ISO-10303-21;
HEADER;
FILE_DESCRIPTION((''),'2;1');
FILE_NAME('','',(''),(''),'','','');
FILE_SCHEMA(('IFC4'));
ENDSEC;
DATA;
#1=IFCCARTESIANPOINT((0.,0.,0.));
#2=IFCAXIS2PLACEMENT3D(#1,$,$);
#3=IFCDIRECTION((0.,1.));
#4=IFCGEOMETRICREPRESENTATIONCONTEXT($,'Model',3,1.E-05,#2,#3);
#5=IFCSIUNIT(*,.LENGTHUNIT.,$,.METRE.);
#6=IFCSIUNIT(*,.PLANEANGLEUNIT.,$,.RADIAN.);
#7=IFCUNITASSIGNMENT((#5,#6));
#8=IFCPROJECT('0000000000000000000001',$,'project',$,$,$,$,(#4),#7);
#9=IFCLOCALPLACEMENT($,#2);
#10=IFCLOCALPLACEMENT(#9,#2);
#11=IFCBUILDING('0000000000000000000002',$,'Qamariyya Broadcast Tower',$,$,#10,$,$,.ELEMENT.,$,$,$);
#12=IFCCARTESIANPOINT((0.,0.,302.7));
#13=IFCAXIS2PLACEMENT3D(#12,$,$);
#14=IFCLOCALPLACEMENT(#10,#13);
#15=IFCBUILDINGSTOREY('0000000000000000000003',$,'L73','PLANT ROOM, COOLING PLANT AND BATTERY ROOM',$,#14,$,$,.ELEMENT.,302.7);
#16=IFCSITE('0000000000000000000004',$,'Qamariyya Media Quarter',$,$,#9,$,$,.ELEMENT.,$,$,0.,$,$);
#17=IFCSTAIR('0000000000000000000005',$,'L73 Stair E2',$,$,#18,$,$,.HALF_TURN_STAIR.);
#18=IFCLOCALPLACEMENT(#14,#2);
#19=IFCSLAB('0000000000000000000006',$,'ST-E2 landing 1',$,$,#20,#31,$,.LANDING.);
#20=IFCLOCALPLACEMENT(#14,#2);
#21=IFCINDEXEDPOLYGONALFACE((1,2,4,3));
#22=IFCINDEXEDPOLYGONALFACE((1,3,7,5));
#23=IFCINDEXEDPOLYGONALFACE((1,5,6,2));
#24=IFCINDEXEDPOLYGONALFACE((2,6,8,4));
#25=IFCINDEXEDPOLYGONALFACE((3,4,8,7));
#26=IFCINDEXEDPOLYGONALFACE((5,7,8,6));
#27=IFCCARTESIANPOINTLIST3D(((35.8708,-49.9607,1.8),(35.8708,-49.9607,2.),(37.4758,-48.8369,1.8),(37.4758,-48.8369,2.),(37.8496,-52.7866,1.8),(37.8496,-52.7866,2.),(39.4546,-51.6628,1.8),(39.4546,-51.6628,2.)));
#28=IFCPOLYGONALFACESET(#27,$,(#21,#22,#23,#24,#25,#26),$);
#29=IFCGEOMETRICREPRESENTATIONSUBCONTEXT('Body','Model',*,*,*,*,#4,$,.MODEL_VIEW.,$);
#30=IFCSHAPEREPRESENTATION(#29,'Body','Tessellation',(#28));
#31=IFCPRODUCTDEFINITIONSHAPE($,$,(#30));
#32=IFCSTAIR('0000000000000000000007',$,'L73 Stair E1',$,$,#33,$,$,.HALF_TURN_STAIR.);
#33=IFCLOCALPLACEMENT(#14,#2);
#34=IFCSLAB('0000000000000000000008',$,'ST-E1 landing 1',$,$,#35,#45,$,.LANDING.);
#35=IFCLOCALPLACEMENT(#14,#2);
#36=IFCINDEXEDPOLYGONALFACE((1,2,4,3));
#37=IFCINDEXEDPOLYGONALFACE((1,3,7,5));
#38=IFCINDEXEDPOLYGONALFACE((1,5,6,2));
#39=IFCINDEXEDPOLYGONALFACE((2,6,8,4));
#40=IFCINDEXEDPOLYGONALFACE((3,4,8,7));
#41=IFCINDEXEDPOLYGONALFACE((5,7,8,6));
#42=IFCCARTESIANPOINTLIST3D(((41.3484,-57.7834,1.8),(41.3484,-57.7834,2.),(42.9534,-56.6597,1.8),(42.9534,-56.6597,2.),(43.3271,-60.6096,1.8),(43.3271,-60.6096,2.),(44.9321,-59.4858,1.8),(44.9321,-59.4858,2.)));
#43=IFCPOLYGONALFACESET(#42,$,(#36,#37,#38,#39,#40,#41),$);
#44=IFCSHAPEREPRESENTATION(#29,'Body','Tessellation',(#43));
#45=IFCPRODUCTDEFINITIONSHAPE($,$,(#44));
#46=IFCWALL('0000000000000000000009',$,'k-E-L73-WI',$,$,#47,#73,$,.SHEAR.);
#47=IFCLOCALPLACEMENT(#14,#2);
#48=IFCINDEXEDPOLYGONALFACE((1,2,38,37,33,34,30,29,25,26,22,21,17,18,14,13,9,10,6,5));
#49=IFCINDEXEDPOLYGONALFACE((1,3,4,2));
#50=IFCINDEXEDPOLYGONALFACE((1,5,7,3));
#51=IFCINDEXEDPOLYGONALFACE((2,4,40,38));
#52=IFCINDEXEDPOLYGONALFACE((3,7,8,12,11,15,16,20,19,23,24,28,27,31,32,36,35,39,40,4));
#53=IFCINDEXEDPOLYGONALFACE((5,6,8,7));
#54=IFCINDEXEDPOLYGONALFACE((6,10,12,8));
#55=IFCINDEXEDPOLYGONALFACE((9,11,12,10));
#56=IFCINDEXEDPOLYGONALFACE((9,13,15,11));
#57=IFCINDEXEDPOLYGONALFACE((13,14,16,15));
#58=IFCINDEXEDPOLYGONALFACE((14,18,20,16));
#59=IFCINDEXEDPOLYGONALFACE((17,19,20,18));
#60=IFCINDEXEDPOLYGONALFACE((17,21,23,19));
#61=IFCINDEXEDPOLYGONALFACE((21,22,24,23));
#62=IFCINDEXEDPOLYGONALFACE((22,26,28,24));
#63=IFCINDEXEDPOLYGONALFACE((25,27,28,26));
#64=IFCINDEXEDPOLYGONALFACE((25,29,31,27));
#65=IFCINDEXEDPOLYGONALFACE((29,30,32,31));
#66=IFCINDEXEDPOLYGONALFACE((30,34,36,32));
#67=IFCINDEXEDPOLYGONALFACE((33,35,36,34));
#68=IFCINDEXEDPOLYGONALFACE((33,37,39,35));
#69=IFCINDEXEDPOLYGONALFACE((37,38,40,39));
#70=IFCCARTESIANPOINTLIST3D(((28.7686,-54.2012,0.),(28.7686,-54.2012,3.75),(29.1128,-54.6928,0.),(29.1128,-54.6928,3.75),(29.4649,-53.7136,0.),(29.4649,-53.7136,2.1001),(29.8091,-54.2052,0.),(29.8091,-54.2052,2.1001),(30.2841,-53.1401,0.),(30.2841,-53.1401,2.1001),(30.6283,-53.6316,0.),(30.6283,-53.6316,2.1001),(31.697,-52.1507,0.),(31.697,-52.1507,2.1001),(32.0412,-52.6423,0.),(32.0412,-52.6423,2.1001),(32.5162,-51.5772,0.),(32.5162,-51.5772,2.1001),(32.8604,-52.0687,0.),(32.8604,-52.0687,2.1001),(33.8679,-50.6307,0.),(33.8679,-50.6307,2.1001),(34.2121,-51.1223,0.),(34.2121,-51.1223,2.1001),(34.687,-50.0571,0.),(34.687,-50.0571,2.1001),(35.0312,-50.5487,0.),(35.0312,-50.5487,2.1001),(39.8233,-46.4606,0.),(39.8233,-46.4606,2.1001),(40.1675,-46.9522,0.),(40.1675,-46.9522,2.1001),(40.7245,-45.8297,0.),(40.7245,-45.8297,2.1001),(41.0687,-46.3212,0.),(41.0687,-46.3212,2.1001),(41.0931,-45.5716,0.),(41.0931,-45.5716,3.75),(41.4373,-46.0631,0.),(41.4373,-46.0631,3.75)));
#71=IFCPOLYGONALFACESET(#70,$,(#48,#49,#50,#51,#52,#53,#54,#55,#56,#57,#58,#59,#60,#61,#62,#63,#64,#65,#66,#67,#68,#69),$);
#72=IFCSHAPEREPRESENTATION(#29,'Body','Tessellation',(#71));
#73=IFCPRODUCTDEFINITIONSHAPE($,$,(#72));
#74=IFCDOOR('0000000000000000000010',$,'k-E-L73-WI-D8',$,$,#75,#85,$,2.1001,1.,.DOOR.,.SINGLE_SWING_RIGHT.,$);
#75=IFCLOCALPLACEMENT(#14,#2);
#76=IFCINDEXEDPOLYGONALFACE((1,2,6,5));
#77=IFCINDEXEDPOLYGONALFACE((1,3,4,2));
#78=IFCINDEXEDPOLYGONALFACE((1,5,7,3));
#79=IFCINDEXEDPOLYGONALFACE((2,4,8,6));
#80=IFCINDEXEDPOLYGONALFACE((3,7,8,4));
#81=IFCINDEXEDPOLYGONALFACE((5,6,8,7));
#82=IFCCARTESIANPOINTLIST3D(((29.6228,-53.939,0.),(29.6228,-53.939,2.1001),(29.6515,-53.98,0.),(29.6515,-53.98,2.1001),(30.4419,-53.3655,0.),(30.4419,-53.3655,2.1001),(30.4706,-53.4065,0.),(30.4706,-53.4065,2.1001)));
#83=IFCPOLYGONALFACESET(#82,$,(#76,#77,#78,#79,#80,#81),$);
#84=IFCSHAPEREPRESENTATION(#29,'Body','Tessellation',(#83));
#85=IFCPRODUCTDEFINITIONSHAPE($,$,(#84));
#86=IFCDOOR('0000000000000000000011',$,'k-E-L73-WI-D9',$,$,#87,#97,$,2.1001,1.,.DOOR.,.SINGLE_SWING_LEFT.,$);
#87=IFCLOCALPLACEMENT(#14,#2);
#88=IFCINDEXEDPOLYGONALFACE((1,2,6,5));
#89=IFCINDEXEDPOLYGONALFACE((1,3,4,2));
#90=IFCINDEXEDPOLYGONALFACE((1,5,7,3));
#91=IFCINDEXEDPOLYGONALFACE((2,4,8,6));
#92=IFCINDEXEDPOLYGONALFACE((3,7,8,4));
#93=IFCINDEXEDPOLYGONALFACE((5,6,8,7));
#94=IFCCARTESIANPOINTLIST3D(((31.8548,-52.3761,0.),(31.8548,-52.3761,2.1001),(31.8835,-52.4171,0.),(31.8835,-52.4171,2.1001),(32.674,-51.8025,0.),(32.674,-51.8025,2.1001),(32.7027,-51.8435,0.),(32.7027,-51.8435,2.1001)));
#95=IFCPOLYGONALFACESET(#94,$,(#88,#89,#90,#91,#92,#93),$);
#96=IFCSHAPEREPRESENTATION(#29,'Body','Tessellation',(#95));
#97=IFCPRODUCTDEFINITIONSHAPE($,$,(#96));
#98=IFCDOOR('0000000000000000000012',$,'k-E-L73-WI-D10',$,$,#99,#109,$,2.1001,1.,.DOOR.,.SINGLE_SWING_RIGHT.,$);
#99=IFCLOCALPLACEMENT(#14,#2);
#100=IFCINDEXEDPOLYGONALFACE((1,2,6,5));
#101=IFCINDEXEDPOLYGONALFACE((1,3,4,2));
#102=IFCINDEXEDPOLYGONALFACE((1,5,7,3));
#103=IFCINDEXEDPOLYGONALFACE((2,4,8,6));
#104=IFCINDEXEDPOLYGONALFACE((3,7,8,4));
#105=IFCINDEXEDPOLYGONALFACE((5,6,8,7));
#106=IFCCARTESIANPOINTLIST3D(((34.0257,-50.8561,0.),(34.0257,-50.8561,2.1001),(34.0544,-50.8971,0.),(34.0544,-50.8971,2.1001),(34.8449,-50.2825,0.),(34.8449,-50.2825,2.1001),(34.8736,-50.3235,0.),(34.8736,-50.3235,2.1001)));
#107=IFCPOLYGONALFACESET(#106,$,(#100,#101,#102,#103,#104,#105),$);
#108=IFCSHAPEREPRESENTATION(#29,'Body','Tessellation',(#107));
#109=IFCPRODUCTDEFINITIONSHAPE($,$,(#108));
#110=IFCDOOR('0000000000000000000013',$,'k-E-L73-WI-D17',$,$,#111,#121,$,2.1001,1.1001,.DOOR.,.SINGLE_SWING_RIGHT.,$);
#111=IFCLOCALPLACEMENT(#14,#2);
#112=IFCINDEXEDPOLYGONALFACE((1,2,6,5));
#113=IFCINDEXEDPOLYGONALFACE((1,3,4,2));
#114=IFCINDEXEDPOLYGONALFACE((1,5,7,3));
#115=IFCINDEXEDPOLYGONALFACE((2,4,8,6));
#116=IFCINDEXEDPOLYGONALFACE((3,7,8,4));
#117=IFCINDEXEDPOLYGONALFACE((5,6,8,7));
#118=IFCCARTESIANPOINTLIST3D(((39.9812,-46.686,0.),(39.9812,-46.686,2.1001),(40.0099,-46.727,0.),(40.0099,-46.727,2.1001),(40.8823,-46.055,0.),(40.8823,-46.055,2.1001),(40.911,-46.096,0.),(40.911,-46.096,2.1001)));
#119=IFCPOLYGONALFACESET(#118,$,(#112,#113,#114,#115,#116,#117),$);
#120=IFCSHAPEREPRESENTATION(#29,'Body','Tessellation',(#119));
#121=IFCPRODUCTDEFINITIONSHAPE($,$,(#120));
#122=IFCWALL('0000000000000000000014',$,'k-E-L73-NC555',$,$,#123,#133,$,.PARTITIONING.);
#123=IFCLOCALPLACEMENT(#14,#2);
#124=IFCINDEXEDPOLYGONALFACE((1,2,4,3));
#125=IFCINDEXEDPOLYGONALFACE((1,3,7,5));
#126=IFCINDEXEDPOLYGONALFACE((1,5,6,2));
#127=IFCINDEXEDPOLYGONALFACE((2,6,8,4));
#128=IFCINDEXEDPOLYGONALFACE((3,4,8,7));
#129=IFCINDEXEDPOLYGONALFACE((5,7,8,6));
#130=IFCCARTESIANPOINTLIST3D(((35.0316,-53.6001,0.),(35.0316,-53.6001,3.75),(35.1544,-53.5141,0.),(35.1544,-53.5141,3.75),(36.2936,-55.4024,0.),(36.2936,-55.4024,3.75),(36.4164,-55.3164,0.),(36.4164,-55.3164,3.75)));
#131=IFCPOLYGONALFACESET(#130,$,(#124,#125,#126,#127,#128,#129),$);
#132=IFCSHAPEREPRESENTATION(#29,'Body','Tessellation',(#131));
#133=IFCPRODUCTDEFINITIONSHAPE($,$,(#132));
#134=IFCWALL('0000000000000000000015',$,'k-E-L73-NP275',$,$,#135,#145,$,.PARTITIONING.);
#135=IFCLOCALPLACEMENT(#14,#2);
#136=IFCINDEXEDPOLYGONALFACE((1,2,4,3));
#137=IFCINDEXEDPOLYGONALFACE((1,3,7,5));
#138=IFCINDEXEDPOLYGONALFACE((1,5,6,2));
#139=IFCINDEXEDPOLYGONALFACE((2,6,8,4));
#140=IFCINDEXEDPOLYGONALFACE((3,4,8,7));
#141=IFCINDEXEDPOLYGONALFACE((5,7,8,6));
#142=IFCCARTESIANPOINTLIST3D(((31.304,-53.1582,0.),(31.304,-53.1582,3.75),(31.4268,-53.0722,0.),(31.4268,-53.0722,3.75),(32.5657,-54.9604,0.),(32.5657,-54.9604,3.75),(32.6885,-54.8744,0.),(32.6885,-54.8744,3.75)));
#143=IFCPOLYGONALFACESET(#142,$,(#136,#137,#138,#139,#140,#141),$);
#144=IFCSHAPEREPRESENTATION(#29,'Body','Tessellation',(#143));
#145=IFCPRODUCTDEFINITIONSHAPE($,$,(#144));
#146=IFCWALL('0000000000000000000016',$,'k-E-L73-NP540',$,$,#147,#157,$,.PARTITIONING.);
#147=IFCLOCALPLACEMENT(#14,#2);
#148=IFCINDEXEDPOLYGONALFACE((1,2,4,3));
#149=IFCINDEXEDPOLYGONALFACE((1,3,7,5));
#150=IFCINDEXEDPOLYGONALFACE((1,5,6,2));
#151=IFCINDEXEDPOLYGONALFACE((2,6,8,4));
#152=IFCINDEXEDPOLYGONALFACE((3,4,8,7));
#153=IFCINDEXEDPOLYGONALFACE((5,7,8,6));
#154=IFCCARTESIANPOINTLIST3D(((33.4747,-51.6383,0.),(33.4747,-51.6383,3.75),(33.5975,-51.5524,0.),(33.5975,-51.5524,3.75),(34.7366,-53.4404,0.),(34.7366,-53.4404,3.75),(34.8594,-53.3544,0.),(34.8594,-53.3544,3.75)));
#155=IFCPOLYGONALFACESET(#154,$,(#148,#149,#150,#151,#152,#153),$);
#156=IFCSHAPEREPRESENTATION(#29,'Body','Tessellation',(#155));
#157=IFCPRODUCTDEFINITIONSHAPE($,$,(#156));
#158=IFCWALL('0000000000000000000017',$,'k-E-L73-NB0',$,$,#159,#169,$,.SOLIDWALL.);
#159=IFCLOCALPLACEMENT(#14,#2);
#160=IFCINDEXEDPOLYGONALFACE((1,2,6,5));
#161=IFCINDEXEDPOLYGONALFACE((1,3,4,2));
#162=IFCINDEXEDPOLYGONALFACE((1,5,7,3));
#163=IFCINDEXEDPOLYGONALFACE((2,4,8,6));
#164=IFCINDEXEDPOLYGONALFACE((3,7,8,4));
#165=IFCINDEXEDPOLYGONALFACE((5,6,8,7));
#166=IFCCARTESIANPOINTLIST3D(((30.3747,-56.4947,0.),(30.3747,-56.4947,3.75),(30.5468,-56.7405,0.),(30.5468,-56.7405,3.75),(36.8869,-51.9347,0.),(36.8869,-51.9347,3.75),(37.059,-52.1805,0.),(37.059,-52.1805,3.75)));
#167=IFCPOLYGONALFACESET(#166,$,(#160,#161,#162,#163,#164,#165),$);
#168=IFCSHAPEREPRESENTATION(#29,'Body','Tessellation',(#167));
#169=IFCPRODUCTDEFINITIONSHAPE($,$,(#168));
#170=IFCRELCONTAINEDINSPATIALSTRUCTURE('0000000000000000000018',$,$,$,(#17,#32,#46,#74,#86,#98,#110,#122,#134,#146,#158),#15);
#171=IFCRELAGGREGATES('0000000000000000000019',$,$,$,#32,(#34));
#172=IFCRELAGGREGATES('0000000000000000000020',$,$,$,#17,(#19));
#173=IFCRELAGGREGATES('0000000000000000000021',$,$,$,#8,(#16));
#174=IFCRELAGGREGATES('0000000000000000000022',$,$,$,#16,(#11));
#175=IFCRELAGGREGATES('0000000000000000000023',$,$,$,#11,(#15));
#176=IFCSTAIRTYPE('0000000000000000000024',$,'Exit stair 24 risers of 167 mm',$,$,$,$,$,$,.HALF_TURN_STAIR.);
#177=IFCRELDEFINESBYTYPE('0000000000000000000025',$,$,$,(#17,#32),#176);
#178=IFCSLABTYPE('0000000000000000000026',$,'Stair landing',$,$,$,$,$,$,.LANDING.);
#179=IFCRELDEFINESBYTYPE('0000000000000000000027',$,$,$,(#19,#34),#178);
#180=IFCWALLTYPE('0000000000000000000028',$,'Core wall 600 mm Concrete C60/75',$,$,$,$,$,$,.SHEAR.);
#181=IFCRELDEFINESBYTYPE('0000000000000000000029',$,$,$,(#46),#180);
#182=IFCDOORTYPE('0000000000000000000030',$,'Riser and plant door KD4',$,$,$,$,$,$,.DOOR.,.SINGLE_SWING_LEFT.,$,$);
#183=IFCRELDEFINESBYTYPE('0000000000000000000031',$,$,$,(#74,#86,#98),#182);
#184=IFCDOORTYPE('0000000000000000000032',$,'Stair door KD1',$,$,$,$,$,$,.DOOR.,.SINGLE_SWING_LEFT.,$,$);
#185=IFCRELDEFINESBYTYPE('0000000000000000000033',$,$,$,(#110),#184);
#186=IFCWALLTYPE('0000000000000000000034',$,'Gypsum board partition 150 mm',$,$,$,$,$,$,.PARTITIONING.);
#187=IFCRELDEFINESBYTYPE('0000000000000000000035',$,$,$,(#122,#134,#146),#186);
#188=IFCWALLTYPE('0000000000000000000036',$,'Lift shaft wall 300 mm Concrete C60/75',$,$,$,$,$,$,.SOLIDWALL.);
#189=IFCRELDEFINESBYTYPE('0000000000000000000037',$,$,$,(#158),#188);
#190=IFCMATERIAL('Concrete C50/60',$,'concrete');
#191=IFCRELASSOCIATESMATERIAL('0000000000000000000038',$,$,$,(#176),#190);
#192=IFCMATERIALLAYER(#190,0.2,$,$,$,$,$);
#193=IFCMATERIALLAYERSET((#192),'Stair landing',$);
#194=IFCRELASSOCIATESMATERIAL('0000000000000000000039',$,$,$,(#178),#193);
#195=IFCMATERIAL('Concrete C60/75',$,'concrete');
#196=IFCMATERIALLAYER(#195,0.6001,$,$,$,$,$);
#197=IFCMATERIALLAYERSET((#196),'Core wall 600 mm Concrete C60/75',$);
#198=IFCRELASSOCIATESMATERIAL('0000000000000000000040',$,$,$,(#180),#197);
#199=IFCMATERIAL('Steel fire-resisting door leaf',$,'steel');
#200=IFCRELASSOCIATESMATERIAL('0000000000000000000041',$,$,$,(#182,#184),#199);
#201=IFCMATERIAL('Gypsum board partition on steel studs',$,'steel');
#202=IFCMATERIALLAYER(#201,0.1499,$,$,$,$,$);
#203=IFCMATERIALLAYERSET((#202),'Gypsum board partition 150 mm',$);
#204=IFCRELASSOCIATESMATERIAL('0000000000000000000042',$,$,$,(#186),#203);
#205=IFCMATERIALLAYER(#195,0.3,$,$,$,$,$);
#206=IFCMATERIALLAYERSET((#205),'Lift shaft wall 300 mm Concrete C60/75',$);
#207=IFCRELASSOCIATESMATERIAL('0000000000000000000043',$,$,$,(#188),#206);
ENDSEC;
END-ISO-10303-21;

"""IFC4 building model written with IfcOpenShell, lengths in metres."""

from ifc_helpers import new_model, si_unit, direction, frame, frame_2d, origin, place, context, subcontext, project, spatial, polyline, rectangle, outline, extrude, material, layer, layer_set, type_object, element, fill, aggregate, save


model = new_model("IFC4")

# Units and contexts
model_context = context("Model", 3, precision=1e-05, world=origin(), true_north=direction((0.0, 1.0)))
body_context = subcontext(model_context, "Body", "Model", "MODEL_VIEW")
ifc_project = project(units=[si_unit("LENGTHUNIT", "METRE"), si_unit("PLANEANGLEUNIT", "RADIAN")], contexts=[model_context])

# Site, building, storey
site_placement = place(None, origin())
site = spatial("IfcSite", under=ifc_project, at=site_placement, Name="Qamariyya Media Quarter", CompositionType="ELEMENT", RefElevation=0.0)
building_placement = place(site_placement, origin())
building = spatial("IfcBuilding", under=site, at=building_placement, Name="Qamariyya Broadcast Tower", CompositionType="ELEMENT")
storey_placement = place(building_placement, frame((0.0, 0.0, 302.7)))
storey = spatial("IfcBuildingStorey", under=building, at=storey_placement, Name="L73", Description="PLANT ROOM, COOLING PLANT AND BATTERY ROOM", CompositionType="ELEMENT", Elevation=302.7)

# Shared definitions
ifc_material_1 = material(Name="Concrete C50/60", Category="concrete")

# Stairs, slabs
stair_type = type_object("IfcStairType", Name="Exit stair 24 risers of 167 mm", PredefinedType="HALF_TURN_STAIR", material=ifc_material_1)
ifc_layer_1 = layer(ifc_material_1, 0.2)
ifc_layer_set_1 = layer_set([ifc_layer_1], Name="Stair landing")
slab_type_1 = type_object("IfcSlabType", Name="Stair landing", PredefinedType="LANDING", material=ifc_layer_set_1)
stair_1_placement = place(storey_placement, origin())
stair_1 = element("IfcStair", 1, at=stair_1_placement, inside=storey, type_object=stair_type, Name="L73 Stair E2", PredefinedType="HALF_TURN_STAIR")
slab_1_placement = place(storey_placement, frame((0.0, 0.0, 1.8)))
slab_1 = element("IfcSlab", 2, at=slab_1_placement, type_object=slab_type_1, Name="ST-E2 landing 1", PredefinedType="LANDING", context=body_context, shape_type="SweptSolid", body=[
    extrude(outline(polyline([(37.4758, -48.8369), (35.8708, -49.9607), (37.8496, -52.7866), (39.4546, -51.6628), (37.4758, -48.8369)])), origin(), (0.0, 0.0, 1.0), 0.2),
])
stair_2_placement = place(storey_placement, origin())
stair_2 = element("IfcStair", 3, at=stair_2_placement, inside=storey, type_object=stair_type, Name="L73 Stair E1", PredefinedType="HALF_TURN_STAIR")
slab_2_placement = place(storey_placement, frame((0.0, 0.0, 1.8)))
slab_2 = element("IfcSlab", 4, at=slab_2_placement, type_object=slab_type_1, Name="ST-E1 landing 1", PredefinedType="LANDING", context=body_context, shape_type="SweptSolid", body=[
    extrude(outline(polyline([(42.9534, -56.6597), (41.3484, -57.7834), (43.3271, -60.6096), (44.9321, -59.4858), (42.9534, -56.6597)])), origin(), (0.0, 0.0, 1.0), 0.2),
])
aggregate(stair_2, [slab_2])

# Wall, openings, doors
ifc_material_2 = material(Name="Concrete C60/75", Category="concrete")
ifc_layer_2 = layer(ifc_material_2, 0.6001)
ifc_layer_set_2 = layer_set([ifc_layer_2], Name="Core wall 600 mm Concrete C60/75")
wall_type_1 = type_object("IfcWallType", Name="Core wall 600 mm Concrete C60/75", PredefinedType="SHEAR", material=ifc_layer_set_2)
wall_1_placement = place(storey_placement, frame((28.9407, -54.447, 0.0), z_axis=(0.0, 0.0, 1.0), x_axis=(0.819153, 0.573575, 0.0)))
wall_1 = element("IfcWall", 5, at=wall_1_placement, inside=storey, type_object=wall_type_1, Name="k-E-L73-WI", PredefinedType="SHEAR", context=body_context, shape_type="SweptSolid", body=[
    extrude(rectangle(XDim=15.0454, YDim=0.6001, at=frame_2d((7.5227, 0.0))), origin(), (0.0, 0.0, 1.0), 3.75),
])
opening_1_placement = place(wall_1_placement, frame((0.8501, 0.0, 0.0)))
opening_1 = element("IfcOpeningElement", 6, at=opening_1_placement, cuts=wall_1, PredefinedType="OPENING", context=body_context, shape_type="SweptSolid", body=[
    extrude(rectangle(XDim=1.0, YDim=2.1001, at=frame_2d((0.5, 1.05))), frame((0.0, 0.3101, 0.0), z_axis=(0.0, -1.0, 0.0), x_axis=(1.0, 0.0, 0.0)), (0.0, 0.0, 1.0), 0.6201),
])
opening_2_placement = place(wall_1_placement, frame((3.575, 0.0, 0.0)))
opening_2 = element("IfcOpeningElement", 7, at=opening_2_placement, cuts=wall_1, PredefinedType="OPENING", context=body_context, shape_type="SweptSolid", body=[
    extrude(rectangle(XDim=1.0, YDim=2.1001, at=frame_2d((0.5, 1.05))), frame((0.0, 0.3101, 0.0), z_axis=(0.0, -1.0, 0.0), x_axis=(1.0, 0.0, 0.0)), (0.0, 0.0, 1.0), 0.6201),
])
opening_3_placement = place(wall_1_placement, frame((6.2251, 0.0, 0.0)))
opening_3 = element("IfcOpeningElement", 8, at=opening_3_placement, cuts=wall_1, PredefinedType="OPENING", context=body_context, shape_type="SweptSolid", body=[
    extrude(rectangle(XDim=1.0, YDim=2.1001, at=frame_2d((0.5, 1.05))), frame((0.0, 0.3101, 0.0), z_axis=(0.0, -1.0, 0.0), x_axis=(1.0, 0.0, 0.0)), (0.0, 0.0, 1.0), 0.6201),
])
opening_4_placement = place(wall_1_placement, frame((13.4954, 0.0, 0.0)))
opening_4 = element("IfcOpeningElement", 9, at=opening_4_placement, cuts=wall_1, PredefinedType="OPENING", context=body_context, shape_type="SweptSolid", body=[
    extrude(rectangle(XDim=1.1001, YDim=2.1001, at=frame_2d((0.55, 1.05))), frame((0.0, 0.3101, 0.0), z_axis=(0.0, -1.0, 0.0), x_axis=(1.0, 0.0, 0.0)), (0.0, 0.0, 1.0), 0.6201),
])
ifc_material_3 = material(Name="Steel fire-resisting door leaf", Category="steel")
door_type_1 = type_object("IfcDoorType", Name="Riser and plant door KD4", OperationType="SINGLE_SWING_LEFT", PredefinedType="DOOR", material=ifc_material_3)
door_1_placement = place(opening_1_placement, origin())
door_1 = element("IfcDoor", 10, at=door_1_placement, inside=storey, type_object=door_type_1, Name="k-E-L73-WI-D8", OperationType="SINGLE_SWING_RIGHT", OverallHeight=2.1001, OverallWidth=1.0, PredefinedType="DOOR", context=body_context, shape_type="SweptSolid", body=[
    extrude(rectangle(XDim=1.0, YDim=2.1001, at=frame_2d((0.5, 1.05))), frame((0.0, 0.0249, 0.0), z_axis=(0.0, -1.0, 0.0), x_axis=(1.0, 0.0, 0.0)), (0.0, 0.0, 1.0), 0.05),
])
fill(opening_1, door_1)
door_2_placement = place(opening_2_placement, origin())
door_2 = element("IfcDoor", 11, at=door_2_placement, inside=storey, type_object=door_type_1, Name="k-E-L73-WI-D9", OperationType="SINGLE_SWING_LEFT", OverallHeight=2.1001, OverallWidth=1.0, PredefinedType="DOOR", context=body_context, shape_type="SweptSolid", body=[
    extrude(rectangle(XDim=1.0, YDim=2.1001, at=frame_2d((0.5, 1.05))), frame((0.0, 0.0249, 0.0), z_axis=(0.0, -1.0, 0.0), x_axis=(1.0, 0.0, 0.0)), (0.0, 0.0, 1.0), 0.05),
])
fill(opening_2, door_2)
door_3_placement = place(opening_3_placement, origin())
door_3 = element("IfcDoor", 12, at=door_3_placement, inside=storey, type_object=door_type_1, Name="k-E-L73-WI-D10", OperationType="SINGLE_SWING_RIGHT", OverallHeight=2.1001, OverallWidth=1.0, PredefinedType="DOOR", context=body_context, shape_type="SweptSolid", body=[
    extrude(rectangle(XDim=1.0, YDim=2.1001, at=frame_2d((0.5, 1.05))), frame((0.0, 0.0249, 0.0), z_axis=(0.0, -1.0, 0.0), x_axis=(1.0, 0.0, 0.0)), (0.0, 0.0, 1.0), 0.05),
])
fill(opening_3, door_3)
door_type_2 = type_object("IfcDoorType", Name="Stair door KD1", OperationType="SINGLE_SWING_LEFT", PredefinedType="DOOR", material=ifc_material_3)
door_4_placement = place(opening_4_placement, origin())
door_4 = element("IfcDoor", 13, at=door_4_placement, inside=storey, type_object=door_type_2, Name="k-E-L73-WI-D17", OperationType="SINGLE_SWING_RIGHT", OverallHeight=2.1001, OverallWidth=1.1001, PredefinedType="DOOR", context=body_context, shape_type="SweptSolid", body=[
    extrude(rectangle(XDim=1.1001, YDim=2.1001, at=frame_2d((0.55, 1.05))), frame((0.0, 0.0249, 0.0), z_axis=(0.0, -1.0, 0.0), x_axis=(1.0, 0.0, 0.0)), (0.0, 0.0, 1.0), 0.05),
])
fill(opening_4, door_4)

# Walls
ifc_material_4 = material(Name="Gypsum board partition on steel studs", Category="steel")
ifc_layer_3 = layer(ifc_material_4, 0.1499)
ifc_layer_set_3 = layer_set([ifc_layer_3], Name="Gypsum board partition 150 mm")
wall_type_2 = type_object("IfcWallType", Name="Gypsum board partition 150 mm", PredefinedType="PARTITIONING", material=ifc_layer_set_3)
wall_2_placement = place(storey_placement, frame((36.355, -55.3594, 0.0), z_axis=(0.0, 0.0, 1.0), x_axis=(-0.573581, 0.819149, 0.0)))
element("IfcWall", 14, at=wall_2_placement, inside=storey, type_object=wall_type_2, Name="k-E-L73-NC555", PredefinedType="PARTITIONING", context=body_context, shape_type="SweptSolid", body=[
    extrude(rectangle(XDim=2.2002, YDim=0.1499, at=frame_2d((1.1001, 0.0))), origin(), (0.0, 0.0, 1.0), 3.75),
])
for number, where, z_axis, x_axis, name in (
    (15, (32.6272, -54.9175, 0.0), (0.0, 0.0, 1.0), (-0.573507, 0.819201, 0.0), "k-E-L73-NP275"),
    (16, (34.7981, -53.3975, 0.0), (0.0, 0.0, 1.0), (-0.573634, 0.819112, 0.0), "k-E-L73-NP540"),
):
    element("IfcWall", number, at=place(storey_placement, frame(where, z_axis=z_axis, x_axis=x_axis)), inside=storey, type_object=wall_type_2, Name=name, PredefinedType="PARTITIONING", context=body_context, shape_type="SweptSolid", body=[
        extrude(rectangle(XDim=2.2, YDim=0.1499, at=frame_2d((1.1001, 0.0))), origin(), (0.0, 0.0, 1.0), 3.75),
    ])
ifc_layer_4 = layer(ifc_material_2, 0.3)
ifc_layer_set_4 = layer_set([ifc_layer_4], Name="Lift shaft wall 300 mm Concrete C60/75")
wall_type_3 = type_object("IfcWallType", Name="Lift shaft wall 300 mm Concrete C60/75", PredefinedType="SOLIDWALL", material=ifc_layer_set_4)
wall_3_placement = place(storey_placement, frame((30.4607, -56.6177, 0.0), z_axis=(0.0, 0.0, 1.0), x_axis=(0.819142, 0.57359, 0.0)))
element("IfcWall", 17, at=wall_3_placement, inside=storey, type_object=wall_type_3, Name="k-E-L73-NB0", PredefinedType="SOLIDWALL", context=body_context, shape_type="SweptSolid", body=[
    extrude(rectangle(XDim=7.95, YDim=0.3, at=frame_2d((3.9751, 0.0))), origin(), (0.0, 0.0, 1.0), 3.75),
])

aggregate(stair_1, [slab_1])

save(model, "model.ifc")
